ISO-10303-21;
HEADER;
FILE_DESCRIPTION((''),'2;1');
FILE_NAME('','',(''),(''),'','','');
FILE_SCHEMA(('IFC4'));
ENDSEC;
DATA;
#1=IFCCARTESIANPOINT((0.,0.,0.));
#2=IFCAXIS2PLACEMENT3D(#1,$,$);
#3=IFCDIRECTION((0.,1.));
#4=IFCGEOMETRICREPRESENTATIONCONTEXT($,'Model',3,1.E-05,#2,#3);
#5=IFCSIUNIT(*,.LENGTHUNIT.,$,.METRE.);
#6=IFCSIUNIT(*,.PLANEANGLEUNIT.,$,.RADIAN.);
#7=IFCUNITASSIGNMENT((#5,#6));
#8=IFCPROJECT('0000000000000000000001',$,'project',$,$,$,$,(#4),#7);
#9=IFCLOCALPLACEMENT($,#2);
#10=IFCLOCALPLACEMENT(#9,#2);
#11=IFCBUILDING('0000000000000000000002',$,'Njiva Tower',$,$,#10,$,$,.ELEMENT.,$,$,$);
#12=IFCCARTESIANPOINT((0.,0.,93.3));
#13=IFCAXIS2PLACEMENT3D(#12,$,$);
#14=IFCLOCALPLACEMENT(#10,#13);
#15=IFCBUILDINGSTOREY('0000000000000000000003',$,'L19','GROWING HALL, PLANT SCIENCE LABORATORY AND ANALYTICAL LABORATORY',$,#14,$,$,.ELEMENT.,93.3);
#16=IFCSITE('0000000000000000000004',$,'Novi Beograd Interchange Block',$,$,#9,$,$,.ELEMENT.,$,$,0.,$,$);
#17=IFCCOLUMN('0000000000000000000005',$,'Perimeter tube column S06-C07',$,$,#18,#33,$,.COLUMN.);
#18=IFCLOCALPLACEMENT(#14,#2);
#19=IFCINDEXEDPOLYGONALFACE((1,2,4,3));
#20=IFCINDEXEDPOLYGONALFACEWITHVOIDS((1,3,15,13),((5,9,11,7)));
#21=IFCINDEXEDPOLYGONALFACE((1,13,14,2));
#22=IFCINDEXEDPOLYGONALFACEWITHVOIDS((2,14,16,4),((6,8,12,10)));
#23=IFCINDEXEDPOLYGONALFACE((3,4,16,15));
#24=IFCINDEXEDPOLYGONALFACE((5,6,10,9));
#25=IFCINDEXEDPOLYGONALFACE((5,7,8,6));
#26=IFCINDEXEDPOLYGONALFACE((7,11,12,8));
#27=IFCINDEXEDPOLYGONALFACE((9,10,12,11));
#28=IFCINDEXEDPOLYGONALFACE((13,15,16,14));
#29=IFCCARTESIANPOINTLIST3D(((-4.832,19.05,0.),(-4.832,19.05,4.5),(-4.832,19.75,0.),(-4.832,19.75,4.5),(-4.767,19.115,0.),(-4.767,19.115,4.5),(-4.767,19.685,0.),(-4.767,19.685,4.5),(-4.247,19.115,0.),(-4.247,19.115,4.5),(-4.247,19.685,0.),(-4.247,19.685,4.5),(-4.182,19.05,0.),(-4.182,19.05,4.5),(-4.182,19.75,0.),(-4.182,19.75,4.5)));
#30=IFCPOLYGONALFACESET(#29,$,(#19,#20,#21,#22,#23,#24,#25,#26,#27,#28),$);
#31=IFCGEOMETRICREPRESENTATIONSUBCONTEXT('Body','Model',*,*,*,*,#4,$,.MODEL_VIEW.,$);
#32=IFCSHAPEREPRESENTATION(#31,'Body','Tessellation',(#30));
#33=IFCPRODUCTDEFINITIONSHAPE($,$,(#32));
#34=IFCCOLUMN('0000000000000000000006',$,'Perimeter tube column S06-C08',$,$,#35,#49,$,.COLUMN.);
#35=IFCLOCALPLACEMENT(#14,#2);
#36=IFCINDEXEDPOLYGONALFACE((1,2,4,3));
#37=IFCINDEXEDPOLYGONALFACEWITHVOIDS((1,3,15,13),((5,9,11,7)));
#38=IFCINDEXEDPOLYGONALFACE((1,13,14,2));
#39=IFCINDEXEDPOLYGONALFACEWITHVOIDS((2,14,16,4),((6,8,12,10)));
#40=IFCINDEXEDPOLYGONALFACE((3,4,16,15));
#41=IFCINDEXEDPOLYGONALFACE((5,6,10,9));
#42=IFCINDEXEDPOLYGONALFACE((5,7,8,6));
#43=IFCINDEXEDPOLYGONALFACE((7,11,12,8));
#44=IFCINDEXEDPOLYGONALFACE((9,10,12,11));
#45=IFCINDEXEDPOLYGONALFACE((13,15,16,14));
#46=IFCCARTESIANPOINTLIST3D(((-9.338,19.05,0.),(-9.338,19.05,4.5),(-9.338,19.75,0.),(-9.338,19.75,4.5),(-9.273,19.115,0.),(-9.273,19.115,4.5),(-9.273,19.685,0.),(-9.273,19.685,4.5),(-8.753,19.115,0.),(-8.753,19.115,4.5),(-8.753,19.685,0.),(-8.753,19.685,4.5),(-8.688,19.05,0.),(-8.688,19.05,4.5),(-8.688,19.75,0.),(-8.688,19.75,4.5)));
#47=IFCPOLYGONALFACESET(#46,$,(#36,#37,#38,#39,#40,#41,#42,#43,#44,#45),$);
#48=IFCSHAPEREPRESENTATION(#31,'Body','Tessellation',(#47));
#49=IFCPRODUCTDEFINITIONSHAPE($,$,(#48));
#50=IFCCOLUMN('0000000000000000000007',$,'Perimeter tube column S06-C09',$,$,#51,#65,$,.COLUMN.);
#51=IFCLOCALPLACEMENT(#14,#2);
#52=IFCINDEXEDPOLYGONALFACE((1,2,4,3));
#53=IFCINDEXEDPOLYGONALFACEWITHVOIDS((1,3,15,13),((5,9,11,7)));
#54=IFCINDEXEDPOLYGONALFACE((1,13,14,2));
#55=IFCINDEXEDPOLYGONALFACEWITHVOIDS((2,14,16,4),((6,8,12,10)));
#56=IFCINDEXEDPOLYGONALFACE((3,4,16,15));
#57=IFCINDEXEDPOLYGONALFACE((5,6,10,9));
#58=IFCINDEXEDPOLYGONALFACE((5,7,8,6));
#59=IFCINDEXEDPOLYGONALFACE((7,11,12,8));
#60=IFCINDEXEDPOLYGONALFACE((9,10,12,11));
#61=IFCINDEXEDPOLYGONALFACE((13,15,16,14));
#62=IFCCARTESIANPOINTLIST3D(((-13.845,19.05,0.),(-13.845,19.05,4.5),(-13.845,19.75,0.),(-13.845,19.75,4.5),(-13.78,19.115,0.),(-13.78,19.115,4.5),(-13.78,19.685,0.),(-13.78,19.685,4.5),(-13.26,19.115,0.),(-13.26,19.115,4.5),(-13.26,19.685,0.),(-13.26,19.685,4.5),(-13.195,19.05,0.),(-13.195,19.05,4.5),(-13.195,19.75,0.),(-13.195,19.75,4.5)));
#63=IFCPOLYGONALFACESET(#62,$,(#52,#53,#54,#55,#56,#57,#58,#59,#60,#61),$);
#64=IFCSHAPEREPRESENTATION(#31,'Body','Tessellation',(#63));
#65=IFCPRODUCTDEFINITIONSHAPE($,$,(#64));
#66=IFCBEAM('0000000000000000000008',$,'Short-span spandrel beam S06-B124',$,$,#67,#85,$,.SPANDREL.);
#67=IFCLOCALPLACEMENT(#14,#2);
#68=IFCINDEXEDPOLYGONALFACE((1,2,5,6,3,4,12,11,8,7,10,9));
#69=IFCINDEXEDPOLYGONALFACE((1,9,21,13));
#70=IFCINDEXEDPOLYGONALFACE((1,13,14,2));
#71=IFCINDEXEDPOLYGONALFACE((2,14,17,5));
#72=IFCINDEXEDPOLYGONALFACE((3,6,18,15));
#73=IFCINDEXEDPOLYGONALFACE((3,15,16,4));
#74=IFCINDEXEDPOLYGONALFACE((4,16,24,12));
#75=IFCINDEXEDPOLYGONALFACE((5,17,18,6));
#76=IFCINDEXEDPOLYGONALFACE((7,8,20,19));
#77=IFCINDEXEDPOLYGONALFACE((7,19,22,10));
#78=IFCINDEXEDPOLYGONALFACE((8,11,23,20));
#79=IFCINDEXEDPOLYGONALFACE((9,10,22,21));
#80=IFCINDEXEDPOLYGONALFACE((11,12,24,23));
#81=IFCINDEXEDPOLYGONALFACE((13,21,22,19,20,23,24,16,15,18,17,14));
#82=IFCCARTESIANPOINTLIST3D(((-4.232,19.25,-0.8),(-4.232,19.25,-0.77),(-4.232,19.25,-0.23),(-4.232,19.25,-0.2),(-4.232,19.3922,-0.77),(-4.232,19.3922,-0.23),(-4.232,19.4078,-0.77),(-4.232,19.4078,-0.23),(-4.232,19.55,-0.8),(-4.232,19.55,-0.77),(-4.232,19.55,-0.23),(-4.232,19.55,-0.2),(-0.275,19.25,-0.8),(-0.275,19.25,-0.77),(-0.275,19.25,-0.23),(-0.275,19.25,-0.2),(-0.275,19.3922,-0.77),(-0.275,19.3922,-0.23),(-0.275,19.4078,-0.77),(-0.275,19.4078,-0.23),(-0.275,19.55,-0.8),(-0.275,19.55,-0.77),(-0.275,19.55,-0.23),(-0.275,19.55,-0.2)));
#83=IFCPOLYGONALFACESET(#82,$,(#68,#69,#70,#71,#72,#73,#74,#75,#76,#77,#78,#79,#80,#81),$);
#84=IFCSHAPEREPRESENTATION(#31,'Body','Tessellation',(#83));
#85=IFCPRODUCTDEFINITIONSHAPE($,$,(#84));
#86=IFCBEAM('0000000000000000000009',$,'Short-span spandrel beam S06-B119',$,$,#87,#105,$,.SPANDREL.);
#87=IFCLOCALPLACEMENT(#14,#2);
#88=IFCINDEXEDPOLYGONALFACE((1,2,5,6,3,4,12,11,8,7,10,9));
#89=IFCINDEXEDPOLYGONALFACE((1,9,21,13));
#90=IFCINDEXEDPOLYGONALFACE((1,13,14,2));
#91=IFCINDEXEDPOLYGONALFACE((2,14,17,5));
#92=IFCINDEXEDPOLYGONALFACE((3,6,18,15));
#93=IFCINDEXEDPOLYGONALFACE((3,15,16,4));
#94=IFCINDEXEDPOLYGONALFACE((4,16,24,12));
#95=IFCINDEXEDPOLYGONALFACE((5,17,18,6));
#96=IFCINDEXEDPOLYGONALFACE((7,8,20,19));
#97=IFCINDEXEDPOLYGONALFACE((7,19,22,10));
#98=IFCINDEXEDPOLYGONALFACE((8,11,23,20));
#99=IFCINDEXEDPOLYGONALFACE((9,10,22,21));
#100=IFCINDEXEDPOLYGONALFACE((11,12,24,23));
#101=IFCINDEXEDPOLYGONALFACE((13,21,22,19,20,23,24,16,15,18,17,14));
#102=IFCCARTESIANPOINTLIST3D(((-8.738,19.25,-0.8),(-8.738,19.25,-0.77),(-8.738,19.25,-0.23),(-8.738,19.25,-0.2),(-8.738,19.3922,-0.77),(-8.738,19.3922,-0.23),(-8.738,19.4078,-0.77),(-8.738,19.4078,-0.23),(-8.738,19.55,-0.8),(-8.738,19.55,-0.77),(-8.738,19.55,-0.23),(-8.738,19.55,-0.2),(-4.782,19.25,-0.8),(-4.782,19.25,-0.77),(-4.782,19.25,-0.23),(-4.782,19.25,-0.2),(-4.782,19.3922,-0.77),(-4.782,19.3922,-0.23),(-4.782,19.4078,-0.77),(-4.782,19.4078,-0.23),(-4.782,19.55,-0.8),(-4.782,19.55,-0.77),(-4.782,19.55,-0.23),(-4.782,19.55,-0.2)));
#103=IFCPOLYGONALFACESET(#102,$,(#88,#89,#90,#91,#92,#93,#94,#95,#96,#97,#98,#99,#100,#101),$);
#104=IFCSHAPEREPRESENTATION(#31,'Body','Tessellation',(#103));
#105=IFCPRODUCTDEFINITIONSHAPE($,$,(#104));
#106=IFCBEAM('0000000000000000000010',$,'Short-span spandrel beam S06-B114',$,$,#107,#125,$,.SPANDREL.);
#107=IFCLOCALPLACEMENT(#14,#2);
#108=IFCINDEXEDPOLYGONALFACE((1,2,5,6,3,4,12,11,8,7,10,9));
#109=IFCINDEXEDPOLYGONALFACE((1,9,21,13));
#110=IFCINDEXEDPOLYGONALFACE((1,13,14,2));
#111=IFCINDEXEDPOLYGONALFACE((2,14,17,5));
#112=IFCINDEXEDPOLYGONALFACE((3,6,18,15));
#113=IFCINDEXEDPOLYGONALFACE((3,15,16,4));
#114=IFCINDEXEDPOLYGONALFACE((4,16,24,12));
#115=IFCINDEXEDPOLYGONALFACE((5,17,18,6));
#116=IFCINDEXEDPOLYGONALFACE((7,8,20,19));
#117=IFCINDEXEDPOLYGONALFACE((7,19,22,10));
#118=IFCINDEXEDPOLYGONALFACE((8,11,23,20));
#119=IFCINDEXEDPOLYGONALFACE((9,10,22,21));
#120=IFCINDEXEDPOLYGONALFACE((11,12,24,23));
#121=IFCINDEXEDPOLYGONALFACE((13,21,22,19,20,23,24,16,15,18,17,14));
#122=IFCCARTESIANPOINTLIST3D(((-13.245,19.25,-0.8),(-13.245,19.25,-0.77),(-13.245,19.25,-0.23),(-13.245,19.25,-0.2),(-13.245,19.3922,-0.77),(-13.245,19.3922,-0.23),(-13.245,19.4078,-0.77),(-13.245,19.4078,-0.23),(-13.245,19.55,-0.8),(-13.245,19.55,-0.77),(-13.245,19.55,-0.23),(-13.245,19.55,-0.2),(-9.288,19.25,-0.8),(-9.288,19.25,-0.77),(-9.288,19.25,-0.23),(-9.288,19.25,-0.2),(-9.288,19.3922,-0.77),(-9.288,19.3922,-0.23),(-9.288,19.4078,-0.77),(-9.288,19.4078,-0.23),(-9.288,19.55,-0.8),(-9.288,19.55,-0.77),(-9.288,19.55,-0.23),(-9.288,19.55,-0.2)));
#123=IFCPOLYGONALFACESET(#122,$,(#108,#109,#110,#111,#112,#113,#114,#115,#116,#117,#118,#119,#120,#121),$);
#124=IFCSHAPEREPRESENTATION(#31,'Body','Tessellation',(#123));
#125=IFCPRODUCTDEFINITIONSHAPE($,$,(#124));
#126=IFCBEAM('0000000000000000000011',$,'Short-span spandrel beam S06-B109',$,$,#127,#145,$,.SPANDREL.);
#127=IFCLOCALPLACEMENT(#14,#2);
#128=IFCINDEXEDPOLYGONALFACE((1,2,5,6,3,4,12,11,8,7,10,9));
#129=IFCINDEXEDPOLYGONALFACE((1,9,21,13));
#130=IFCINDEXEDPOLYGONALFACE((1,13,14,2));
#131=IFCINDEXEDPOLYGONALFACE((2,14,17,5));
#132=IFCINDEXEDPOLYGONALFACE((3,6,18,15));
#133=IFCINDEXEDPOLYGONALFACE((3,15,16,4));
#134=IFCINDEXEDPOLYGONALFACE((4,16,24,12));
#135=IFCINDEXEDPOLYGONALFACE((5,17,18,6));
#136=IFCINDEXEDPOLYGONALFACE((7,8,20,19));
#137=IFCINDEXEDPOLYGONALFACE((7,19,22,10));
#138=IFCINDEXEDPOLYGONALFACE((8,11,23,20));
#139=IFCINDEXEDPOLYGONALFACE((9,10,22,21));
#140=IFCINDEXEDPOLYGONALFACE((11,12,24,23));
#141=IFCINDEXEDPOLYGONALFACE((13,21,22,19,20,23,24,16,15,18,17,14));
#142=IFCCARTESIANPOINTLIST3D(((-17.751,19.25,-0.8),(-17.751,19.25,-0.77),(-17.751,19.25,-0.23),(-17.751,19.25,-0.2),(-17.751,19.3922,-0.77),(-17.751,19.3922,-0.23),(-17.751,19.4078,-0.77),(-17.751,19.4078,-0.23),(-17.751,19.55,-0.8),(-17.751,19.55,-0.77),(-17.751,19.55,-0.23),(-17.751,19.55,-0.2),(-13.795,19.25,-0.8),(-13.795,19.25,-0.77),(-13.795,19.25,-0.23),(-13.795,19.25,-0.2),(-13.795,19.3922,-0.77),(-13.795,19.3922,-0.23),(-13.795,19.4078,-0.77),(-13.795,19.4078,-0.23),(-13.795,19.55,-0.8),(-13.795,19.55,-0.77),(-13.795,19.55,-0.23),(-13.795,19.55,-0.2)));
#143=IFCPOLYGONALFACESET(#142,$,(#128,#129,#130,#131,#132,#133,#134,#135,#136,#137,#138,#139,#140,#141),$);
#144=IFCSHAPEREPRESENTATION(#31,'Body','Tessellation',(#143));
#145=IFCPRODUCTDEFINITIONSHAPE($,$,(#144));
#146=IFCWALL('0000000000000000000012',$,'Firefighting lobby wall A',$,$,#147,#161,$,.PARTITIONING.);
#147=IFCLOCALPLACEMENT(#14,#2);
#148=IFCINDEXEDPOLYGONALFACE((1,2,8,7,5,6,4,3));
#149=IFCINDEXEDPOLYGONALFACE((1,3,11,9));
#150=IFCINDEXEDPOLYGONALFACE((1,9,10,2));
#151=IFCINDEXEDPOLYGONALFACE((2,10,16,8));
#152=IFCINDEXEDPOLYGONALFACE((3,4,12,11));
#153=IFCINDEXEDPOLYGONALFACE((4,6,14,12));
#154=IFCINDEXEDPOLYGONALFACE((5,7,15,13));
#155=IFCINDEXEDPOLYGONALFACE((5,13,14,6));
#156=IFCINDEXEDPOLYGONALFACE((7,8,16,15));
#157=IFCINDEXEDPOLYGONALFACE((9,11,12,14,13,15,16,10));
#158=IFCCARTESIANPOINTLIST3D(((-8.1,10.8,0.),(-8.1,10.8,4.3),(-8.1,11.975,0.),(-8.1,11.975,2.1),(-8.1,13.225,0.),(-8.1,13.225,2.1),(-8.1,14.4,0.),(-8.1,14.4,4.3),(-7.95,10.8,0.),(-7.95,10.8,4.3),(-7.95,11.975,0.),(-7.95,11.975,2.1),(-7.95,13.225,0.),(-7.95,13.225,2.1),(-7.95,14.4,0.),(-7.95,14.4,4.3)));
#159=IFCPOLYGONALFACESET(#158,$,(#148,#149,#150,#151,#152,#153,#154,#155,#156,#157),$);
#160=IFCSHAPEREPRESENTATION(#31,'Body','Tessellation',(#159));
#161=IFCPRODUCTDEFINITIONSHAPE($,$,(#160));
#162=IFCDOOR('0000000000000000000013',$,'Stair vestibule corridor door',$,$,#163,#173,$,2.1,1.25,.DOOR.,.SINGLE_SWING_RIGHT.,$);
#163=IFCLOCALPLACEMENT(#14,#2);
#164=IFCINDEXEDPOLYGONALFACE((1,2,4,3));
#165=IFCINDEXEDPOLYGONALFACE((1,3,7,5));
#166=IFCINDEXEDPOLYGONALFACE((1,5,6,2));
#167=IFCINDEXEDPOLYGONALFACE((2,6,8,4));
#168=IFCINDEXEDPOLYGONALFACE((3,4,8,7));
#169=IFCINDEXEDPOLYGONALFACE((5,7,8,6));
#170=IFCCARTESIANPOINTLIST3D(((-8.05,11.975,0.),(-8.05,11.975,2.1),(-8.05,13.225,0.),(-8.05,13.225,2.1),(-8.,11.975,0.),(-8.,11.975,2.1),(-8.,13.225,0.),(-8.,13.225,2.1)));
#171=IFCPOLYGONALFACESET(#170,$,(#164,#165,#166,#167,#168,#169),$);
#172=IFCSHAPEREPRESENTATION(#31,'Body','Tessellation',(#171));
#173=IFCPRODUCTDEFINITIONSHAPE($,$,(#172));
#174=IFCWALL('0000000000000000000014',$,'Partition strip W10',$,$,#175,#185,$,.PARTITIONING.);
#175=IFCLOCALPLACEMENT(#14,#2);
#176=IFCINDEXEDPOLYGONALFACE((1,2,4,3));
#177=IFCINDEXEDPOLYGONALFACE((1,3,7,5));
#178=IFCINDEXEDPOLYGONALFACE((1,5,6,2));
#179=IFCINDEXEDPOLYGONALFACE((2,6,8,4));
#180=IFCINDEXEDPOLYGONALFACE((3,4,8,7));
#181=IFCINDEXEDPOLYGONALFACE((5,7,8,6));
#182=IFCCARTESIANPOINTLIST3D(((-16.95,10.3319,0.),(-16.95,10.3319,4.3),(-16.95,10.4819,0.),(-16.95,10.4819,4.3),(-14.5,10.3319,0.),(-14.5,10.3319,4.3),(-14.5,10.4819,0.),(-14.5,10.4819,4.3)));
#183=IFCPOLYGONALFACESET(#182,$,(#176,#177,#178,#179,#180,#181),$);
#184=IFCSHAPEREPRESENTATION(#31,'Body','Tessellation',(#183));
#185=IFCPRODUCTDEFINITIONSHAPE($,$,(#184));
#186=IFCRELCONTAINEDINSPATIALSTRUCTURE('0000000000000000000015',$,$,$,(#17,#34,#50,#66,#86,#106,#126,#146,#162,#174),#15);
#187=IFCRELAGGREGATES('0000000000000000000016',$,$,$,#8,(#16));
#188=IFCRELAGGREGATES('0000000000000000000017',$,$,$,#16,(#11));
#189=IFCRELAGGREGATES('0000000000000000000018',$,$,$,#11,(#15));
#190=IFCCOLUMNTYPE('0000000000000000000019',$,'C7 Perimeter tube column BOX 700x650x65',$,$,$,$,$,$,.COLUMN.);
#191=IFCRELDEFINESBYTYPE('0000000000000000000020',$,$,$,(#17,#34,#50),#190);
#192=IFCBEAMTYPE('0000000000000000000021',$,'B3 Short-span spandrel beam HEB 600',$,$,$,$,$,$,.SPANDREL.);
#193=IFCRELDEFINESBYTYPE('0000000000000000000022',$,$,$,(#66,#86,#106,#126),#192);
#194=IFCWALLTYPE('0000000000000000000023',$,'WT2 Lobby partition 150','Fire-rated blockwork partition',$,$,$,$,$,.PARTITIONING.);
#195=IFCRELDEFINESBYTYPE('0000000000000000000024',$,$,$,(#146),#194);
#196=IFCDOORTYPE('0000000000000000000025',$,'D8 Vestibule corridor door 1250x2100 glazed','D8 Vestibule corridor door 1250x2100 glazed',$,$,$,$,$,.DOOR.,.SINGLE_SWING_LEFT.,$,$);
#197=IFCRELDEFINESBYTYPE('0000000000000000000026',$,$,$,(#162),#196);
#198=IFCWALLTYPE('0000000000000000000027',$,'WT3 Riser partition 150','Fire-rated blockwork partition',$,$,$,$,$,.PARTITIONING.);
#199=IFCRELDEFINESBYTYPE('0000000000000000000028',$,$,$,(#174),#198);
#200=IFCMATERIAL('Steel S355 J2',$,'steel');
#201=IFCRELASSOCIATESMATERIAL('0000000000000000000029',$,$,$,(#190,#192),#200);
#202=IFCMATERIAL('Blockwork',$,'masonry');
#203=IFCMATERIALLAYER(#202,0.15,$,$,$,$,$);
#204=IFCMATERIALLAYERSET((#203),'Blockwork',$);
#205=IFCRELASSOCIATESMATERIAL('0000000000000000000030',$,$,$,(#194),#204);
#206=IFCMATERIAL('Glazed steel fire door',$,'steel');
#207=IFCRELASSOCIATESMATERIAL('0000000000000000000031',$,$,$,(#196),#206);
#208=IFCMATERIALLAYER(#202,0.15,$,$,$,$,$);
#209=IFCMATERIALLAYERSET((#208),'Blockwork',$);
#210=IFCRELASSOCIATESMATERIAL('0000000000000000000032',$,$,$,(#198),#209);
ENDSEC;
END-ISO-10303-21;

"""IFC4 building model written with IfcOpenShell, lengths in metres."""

from ifc_helpers import new_model, si_unit, direction, frame, frame_2d, origin, origin_2d, place, context, subcontext, project, spatial, rectangle, hollow_rectangle, i_section, extrude, material, layer, layer_set, material_profile, profile_set, type_object, element, fill, save


model = new_model("IFC4")

# Units and contexts
model_context = context("Model", 3, precision=1e-05, world=origin(), true_north=direction((0.0, 1.0)))
body_context = subcontext(model_context, "Body", "Model", "MODEL_VIEW")
ifc_project = project(units=[si_unit("LENGTHUNIT", "METRE"), si_unit("PLANEANGLEUNIT", "RADIAN")], contexts=[model_context])

# Site, building, storey
site_placement = place(None, origin())
site = spatial("IfcSite", under=ifc_project, at=site_placement, Name="Novi Beograd Interchange Block", CompositionType="ELEMENT", RefElevation=0.0)
building_placement = place(site_placement, origin())
building = spatial("IfcBuilding", under=site, at=building_placement, Name="Njiva Tower", CompositionType="ELEMENT")
storey_placement = place(building_placement, frame((0.0, 0.0, 93.3)))
storey = spatial("IfcBuildingStorey", under=building, at=storey_placement, Name="L19", Description="GROWING HALL, PLANT SCIENCE LABORATORY AND ANALYTICAL LABORATORY", CompositionType="ELEMENT", Elevation=93.3)

# Columns
ifc_material_1 = material(Name="Steel S355 J2", Category="steel")
ifc_material_profile_1 = material_profile(ifc_material_1, hollow_rectangle(XDim=0.65, YDim=0.7, WallThickness=0.065, at=origin_2d()), Name="BOX 700x650x65")
ifc_profile_set_1 = profile_set([ifc_material_profile_1], Name="Steel S355 J2")
column_type = type_object("IfcColumnType", Name="C7 Perimeter tube column BOX 700x650x65", PredefinedType="COLUMN", material=ifc_profile_set_1)
for number, where, z_axis, x_axis, name in (
    (1, (-4.507, 19.4, 0.0), (0.0, 0.0, 1.0), (-1.0, 0.0, 0.0), "Perimeter tube column S06-C07"),
    (2, (-9.013, 19.4, 0.0), (0.0, 0.0, 1.0), (-1.0, 0.0, 0.0), "Perimeter tube column S06-C08"),
    (3, (-13.52, 19.4, 0.0), (0.0, 0.0, 1.0), (-1.0, 0.0, 0.0), "Perimeter tube column S06-C09"),
):
    element("IfcColumn", number, at=place(storey_placement, frame(where, z_axis=z_axis, x_axis=x_axis)), inside=storey, type_object=column_type, Name=name, PredefinedType="COLUMN", context=body_context, shape_type="SweptSolid", body=[
        extrude(hollow_rectangle(XDim=0.65, YDim=0.7, WallThickness=0.065, at=origin_2d()), origin(), (0.0, 0.0, 1.0), 4.5),
    ])

# Beams
ifc_material_profile_2 = material_profile(ifc_material_1, i_section(OverallWidth=0.3, OverallDepth=0.6, WebThickness=0.0155, FlangeThickness=0.03, at=origin_2d()), Name="HEB 600")
ifc_profile_set_2 = profile_set([ifc_material_profile_2], Name="Steel S355 J2")
beam_type = type_object("IfcBeamType", Name="B3 Short-span spandrel beam HEB 600", PredefinedType="SPANDREL", material=ifc_profile_set_2)
beam_1_placement = place(storey_placement, frame((-0.275, 19.4, -0.5), z_axis=(-1.0, 0.0, 0.0), x_axis=(0.0, -1.0, 0.0)))
element("IfcBeam", 4, at=beam_1_placement, inside=storey, type_object=beam_type, Name="Short-span spandrel beam S06-B124", PredefinedType="SPANDREL", context=body_context, shape_type="SweptSolid", body=[
    extrude(i_section(OverallWidth=0.3, OverallDepth=0.6, WebThickness=0.0155, FlangeThickness=0.03, at=origin_2d()), origin(), (0.0, 0.0, 1.0), 3.957),
])
beam_2_placement = place(storey_placement, frame((-4.782, 19.4, -0.5), z_axis=(-1.0, 0.0, 0.0), x_axis=(0.0, -1.0, 0.0)))
element("IfcBeam", 5, at=beam_2_placement, inside=storey, type_object=beam_type, Name="Short-span spandrel beam S06-B119", PredefinedType="SPANDREL", context=body_context, shape_type="SweptSolid", body=[
    extrude(i_section(OverallWidth=0.3, OverallDepth=0.6, WebThickness=0.0155, FlangeThickness=0.03, at=origin_2d()), origin(), (0.0, 0.0, 1.0), 3.956),
])
beam_3_placement = place(storey_placement, frame((-9.288, 19.4, -0.5), z_axis=(-1.0, 0.0, 0.0), x_axis=(0.0, -1.0, 0.0)))
element("IfcBeam", 6, at=beam_3_placement, inside=storey, type_object=beam_type, Name="Short-span spandrel beam S06-B114", PredefinedType="SPANDREL", context=body_context, shape_type="SweptSolid", body=[
    extrude(i_section(OverallWidth=0.3, OverallDepth=0.6, WebThickness=0.0155, FlangeThickness=0.03, at=origin_2d()), origin(), (0.0, 0.0, 1.0), 3.957),
])
beam_4_placement = place(storey_placement, frame((-13.795, 19.4, -0.5), z_axis=(-1.0, 0.0, 0.0), x_axis=(0.0, -1.0, 0.0)))
element("IfcBeam", 7, at=beam_4_placement, inside=storey, type_object=beam_type, Name="Short-span spandrel beam S06-B109", PredefinedType="SPANDREL", context=body_context, shape_type="SweptSolid", body=[
    extrude(i_section(OverallWidth=0.3, OverallDepth=0.6, WebThickness=0.0155, FlangeThickness=0.03, at=origin_2d()), origin(), (0.0, 0.0, 1.0), 3.956),
])

# Wall, opening, door
ifc_material_2 = material(Name="Blockwork", Category="masonry")
ifc_layer_1 = layer(ifc_material_2, 0.15)
ifc_layer_set_1 = layer_set([ifc_layer_1], Name="Blockwork")
wall_type_1 = type_object("IfcWallType", Name="WT2 Lobby partition 150", Description="Fire-rated blockwork partition", PredefinedType="PARTITIONING", material=ifc_layer_set_1)
wall_1_placement = place(storey_placement, frame((-8.025, 10.8, 0.0), z_axis=(0.0, 0.0, 1.0), x_axis=(0.0, 1.0, 0.0)))
wall_1 = element("IfcWall", 8, at=wall_1_placement, inside=storey, type_object=wall_type_1, Name="Firefighting lobby wall A", PredefinedType="PARTITIONING", context=body_context, shape_type="SweptSolid", body=[
    extrude(rectangle(XDim=3.6, YDim=0.15, at=frame_2d((1.8, 0.0))), origin(), (0.0, 0.0, 1.0), 4.3),
])
opening_1_placement = place(wall_1_placement, frame((1.175, 0.0, 0.0)))
opening_1 = element("IfcOpeningElement", 9, at=opening_1_placement, cuts=wall_1, PredefinedType="OPENING", context=body_context, shape_type="SweptSolid", body=[
    extrude(rectangle(XDim=1.25, YDim=2.1, at=frame_2d((0.625, 1.05))), frame((0.0, 0.085, 0.0), z_axis=(0.0, -1.0, 0.0), x_axis=(1.0, 0.0, 0.0)), (0.0, 0.0, 1.0), 0.17),
])
ifc_material_3 = material(Name="Glazed steel fire door", Category="steel")
door_type_1 = type_object("IfcDoorType", Name="D8 Vestibule corridor door 1250x2100 glazed", Description="D8 Vestibule corridor door 1250x2100 glazed", OperationType="SINGLE_SWING_LEFT", PredefinedType="DOOR", material=ifc_material_3)
door_1_placement = place(opening_1_placement, origin())
door_1 = element("IfcDoor", 10, at=door_1_placement, inside=storey, type_object=door_type_1, Name="Stair vestibule corridor door", OperationType="SINGLE_SWING_RIGHT", OverallHeight=2.1, OverallWidth=1.25, PredefinedType="DOOR", context=body_context, shape_type="SweptSolid", body=[
    extrude(rectangle(XDim=1.25, YDim=2.1, at=frame_2d((0.625, 1.05))), frame((0.0, 0.025, 0.0), z_axis=(0.0, -1.0, 0.0), x_axis=(1.0, 0.0, 0.0)), (0.0, 0.0, 1.0), 0.05),
])
fill(opening_1, door_1)

# Wall
ifc_layer_2 = layer(ifc_material_2, 0.15)
ifc_layer_set_2 = layer_set([ifc_layer_2], Name="Blockwork")
wall_type_2 = type_object("IfcWallType", Name="WT3 Riser partition 150", Description="Fire-rated blockwork partition", PredefinedType="PARTITIONING", material=ifc_layer_set_2)
wall_2_placement = place(storey_placement, frame((-16.95, 10.4069, 0.0), z_axis=(0.0, 0.0, 1.0), x_axis=(1.0, 0.0, 0.0)))
element("IfcWall", 11, at=wall_2_placement, inside=storey, type_object=wall_type_2, Name="Partition strip W10", PredefinedType="PARTITIONING", context=body_context, shape_type="SweptSolid", body=[
    extrude(rectangle(XDim=2.45, YDim=0.15, at=frame_2d((1.225, 0.0))), origin(), (0.0, 0.0, 1.0), 4.3),
])

save(model, "model.ifc")
